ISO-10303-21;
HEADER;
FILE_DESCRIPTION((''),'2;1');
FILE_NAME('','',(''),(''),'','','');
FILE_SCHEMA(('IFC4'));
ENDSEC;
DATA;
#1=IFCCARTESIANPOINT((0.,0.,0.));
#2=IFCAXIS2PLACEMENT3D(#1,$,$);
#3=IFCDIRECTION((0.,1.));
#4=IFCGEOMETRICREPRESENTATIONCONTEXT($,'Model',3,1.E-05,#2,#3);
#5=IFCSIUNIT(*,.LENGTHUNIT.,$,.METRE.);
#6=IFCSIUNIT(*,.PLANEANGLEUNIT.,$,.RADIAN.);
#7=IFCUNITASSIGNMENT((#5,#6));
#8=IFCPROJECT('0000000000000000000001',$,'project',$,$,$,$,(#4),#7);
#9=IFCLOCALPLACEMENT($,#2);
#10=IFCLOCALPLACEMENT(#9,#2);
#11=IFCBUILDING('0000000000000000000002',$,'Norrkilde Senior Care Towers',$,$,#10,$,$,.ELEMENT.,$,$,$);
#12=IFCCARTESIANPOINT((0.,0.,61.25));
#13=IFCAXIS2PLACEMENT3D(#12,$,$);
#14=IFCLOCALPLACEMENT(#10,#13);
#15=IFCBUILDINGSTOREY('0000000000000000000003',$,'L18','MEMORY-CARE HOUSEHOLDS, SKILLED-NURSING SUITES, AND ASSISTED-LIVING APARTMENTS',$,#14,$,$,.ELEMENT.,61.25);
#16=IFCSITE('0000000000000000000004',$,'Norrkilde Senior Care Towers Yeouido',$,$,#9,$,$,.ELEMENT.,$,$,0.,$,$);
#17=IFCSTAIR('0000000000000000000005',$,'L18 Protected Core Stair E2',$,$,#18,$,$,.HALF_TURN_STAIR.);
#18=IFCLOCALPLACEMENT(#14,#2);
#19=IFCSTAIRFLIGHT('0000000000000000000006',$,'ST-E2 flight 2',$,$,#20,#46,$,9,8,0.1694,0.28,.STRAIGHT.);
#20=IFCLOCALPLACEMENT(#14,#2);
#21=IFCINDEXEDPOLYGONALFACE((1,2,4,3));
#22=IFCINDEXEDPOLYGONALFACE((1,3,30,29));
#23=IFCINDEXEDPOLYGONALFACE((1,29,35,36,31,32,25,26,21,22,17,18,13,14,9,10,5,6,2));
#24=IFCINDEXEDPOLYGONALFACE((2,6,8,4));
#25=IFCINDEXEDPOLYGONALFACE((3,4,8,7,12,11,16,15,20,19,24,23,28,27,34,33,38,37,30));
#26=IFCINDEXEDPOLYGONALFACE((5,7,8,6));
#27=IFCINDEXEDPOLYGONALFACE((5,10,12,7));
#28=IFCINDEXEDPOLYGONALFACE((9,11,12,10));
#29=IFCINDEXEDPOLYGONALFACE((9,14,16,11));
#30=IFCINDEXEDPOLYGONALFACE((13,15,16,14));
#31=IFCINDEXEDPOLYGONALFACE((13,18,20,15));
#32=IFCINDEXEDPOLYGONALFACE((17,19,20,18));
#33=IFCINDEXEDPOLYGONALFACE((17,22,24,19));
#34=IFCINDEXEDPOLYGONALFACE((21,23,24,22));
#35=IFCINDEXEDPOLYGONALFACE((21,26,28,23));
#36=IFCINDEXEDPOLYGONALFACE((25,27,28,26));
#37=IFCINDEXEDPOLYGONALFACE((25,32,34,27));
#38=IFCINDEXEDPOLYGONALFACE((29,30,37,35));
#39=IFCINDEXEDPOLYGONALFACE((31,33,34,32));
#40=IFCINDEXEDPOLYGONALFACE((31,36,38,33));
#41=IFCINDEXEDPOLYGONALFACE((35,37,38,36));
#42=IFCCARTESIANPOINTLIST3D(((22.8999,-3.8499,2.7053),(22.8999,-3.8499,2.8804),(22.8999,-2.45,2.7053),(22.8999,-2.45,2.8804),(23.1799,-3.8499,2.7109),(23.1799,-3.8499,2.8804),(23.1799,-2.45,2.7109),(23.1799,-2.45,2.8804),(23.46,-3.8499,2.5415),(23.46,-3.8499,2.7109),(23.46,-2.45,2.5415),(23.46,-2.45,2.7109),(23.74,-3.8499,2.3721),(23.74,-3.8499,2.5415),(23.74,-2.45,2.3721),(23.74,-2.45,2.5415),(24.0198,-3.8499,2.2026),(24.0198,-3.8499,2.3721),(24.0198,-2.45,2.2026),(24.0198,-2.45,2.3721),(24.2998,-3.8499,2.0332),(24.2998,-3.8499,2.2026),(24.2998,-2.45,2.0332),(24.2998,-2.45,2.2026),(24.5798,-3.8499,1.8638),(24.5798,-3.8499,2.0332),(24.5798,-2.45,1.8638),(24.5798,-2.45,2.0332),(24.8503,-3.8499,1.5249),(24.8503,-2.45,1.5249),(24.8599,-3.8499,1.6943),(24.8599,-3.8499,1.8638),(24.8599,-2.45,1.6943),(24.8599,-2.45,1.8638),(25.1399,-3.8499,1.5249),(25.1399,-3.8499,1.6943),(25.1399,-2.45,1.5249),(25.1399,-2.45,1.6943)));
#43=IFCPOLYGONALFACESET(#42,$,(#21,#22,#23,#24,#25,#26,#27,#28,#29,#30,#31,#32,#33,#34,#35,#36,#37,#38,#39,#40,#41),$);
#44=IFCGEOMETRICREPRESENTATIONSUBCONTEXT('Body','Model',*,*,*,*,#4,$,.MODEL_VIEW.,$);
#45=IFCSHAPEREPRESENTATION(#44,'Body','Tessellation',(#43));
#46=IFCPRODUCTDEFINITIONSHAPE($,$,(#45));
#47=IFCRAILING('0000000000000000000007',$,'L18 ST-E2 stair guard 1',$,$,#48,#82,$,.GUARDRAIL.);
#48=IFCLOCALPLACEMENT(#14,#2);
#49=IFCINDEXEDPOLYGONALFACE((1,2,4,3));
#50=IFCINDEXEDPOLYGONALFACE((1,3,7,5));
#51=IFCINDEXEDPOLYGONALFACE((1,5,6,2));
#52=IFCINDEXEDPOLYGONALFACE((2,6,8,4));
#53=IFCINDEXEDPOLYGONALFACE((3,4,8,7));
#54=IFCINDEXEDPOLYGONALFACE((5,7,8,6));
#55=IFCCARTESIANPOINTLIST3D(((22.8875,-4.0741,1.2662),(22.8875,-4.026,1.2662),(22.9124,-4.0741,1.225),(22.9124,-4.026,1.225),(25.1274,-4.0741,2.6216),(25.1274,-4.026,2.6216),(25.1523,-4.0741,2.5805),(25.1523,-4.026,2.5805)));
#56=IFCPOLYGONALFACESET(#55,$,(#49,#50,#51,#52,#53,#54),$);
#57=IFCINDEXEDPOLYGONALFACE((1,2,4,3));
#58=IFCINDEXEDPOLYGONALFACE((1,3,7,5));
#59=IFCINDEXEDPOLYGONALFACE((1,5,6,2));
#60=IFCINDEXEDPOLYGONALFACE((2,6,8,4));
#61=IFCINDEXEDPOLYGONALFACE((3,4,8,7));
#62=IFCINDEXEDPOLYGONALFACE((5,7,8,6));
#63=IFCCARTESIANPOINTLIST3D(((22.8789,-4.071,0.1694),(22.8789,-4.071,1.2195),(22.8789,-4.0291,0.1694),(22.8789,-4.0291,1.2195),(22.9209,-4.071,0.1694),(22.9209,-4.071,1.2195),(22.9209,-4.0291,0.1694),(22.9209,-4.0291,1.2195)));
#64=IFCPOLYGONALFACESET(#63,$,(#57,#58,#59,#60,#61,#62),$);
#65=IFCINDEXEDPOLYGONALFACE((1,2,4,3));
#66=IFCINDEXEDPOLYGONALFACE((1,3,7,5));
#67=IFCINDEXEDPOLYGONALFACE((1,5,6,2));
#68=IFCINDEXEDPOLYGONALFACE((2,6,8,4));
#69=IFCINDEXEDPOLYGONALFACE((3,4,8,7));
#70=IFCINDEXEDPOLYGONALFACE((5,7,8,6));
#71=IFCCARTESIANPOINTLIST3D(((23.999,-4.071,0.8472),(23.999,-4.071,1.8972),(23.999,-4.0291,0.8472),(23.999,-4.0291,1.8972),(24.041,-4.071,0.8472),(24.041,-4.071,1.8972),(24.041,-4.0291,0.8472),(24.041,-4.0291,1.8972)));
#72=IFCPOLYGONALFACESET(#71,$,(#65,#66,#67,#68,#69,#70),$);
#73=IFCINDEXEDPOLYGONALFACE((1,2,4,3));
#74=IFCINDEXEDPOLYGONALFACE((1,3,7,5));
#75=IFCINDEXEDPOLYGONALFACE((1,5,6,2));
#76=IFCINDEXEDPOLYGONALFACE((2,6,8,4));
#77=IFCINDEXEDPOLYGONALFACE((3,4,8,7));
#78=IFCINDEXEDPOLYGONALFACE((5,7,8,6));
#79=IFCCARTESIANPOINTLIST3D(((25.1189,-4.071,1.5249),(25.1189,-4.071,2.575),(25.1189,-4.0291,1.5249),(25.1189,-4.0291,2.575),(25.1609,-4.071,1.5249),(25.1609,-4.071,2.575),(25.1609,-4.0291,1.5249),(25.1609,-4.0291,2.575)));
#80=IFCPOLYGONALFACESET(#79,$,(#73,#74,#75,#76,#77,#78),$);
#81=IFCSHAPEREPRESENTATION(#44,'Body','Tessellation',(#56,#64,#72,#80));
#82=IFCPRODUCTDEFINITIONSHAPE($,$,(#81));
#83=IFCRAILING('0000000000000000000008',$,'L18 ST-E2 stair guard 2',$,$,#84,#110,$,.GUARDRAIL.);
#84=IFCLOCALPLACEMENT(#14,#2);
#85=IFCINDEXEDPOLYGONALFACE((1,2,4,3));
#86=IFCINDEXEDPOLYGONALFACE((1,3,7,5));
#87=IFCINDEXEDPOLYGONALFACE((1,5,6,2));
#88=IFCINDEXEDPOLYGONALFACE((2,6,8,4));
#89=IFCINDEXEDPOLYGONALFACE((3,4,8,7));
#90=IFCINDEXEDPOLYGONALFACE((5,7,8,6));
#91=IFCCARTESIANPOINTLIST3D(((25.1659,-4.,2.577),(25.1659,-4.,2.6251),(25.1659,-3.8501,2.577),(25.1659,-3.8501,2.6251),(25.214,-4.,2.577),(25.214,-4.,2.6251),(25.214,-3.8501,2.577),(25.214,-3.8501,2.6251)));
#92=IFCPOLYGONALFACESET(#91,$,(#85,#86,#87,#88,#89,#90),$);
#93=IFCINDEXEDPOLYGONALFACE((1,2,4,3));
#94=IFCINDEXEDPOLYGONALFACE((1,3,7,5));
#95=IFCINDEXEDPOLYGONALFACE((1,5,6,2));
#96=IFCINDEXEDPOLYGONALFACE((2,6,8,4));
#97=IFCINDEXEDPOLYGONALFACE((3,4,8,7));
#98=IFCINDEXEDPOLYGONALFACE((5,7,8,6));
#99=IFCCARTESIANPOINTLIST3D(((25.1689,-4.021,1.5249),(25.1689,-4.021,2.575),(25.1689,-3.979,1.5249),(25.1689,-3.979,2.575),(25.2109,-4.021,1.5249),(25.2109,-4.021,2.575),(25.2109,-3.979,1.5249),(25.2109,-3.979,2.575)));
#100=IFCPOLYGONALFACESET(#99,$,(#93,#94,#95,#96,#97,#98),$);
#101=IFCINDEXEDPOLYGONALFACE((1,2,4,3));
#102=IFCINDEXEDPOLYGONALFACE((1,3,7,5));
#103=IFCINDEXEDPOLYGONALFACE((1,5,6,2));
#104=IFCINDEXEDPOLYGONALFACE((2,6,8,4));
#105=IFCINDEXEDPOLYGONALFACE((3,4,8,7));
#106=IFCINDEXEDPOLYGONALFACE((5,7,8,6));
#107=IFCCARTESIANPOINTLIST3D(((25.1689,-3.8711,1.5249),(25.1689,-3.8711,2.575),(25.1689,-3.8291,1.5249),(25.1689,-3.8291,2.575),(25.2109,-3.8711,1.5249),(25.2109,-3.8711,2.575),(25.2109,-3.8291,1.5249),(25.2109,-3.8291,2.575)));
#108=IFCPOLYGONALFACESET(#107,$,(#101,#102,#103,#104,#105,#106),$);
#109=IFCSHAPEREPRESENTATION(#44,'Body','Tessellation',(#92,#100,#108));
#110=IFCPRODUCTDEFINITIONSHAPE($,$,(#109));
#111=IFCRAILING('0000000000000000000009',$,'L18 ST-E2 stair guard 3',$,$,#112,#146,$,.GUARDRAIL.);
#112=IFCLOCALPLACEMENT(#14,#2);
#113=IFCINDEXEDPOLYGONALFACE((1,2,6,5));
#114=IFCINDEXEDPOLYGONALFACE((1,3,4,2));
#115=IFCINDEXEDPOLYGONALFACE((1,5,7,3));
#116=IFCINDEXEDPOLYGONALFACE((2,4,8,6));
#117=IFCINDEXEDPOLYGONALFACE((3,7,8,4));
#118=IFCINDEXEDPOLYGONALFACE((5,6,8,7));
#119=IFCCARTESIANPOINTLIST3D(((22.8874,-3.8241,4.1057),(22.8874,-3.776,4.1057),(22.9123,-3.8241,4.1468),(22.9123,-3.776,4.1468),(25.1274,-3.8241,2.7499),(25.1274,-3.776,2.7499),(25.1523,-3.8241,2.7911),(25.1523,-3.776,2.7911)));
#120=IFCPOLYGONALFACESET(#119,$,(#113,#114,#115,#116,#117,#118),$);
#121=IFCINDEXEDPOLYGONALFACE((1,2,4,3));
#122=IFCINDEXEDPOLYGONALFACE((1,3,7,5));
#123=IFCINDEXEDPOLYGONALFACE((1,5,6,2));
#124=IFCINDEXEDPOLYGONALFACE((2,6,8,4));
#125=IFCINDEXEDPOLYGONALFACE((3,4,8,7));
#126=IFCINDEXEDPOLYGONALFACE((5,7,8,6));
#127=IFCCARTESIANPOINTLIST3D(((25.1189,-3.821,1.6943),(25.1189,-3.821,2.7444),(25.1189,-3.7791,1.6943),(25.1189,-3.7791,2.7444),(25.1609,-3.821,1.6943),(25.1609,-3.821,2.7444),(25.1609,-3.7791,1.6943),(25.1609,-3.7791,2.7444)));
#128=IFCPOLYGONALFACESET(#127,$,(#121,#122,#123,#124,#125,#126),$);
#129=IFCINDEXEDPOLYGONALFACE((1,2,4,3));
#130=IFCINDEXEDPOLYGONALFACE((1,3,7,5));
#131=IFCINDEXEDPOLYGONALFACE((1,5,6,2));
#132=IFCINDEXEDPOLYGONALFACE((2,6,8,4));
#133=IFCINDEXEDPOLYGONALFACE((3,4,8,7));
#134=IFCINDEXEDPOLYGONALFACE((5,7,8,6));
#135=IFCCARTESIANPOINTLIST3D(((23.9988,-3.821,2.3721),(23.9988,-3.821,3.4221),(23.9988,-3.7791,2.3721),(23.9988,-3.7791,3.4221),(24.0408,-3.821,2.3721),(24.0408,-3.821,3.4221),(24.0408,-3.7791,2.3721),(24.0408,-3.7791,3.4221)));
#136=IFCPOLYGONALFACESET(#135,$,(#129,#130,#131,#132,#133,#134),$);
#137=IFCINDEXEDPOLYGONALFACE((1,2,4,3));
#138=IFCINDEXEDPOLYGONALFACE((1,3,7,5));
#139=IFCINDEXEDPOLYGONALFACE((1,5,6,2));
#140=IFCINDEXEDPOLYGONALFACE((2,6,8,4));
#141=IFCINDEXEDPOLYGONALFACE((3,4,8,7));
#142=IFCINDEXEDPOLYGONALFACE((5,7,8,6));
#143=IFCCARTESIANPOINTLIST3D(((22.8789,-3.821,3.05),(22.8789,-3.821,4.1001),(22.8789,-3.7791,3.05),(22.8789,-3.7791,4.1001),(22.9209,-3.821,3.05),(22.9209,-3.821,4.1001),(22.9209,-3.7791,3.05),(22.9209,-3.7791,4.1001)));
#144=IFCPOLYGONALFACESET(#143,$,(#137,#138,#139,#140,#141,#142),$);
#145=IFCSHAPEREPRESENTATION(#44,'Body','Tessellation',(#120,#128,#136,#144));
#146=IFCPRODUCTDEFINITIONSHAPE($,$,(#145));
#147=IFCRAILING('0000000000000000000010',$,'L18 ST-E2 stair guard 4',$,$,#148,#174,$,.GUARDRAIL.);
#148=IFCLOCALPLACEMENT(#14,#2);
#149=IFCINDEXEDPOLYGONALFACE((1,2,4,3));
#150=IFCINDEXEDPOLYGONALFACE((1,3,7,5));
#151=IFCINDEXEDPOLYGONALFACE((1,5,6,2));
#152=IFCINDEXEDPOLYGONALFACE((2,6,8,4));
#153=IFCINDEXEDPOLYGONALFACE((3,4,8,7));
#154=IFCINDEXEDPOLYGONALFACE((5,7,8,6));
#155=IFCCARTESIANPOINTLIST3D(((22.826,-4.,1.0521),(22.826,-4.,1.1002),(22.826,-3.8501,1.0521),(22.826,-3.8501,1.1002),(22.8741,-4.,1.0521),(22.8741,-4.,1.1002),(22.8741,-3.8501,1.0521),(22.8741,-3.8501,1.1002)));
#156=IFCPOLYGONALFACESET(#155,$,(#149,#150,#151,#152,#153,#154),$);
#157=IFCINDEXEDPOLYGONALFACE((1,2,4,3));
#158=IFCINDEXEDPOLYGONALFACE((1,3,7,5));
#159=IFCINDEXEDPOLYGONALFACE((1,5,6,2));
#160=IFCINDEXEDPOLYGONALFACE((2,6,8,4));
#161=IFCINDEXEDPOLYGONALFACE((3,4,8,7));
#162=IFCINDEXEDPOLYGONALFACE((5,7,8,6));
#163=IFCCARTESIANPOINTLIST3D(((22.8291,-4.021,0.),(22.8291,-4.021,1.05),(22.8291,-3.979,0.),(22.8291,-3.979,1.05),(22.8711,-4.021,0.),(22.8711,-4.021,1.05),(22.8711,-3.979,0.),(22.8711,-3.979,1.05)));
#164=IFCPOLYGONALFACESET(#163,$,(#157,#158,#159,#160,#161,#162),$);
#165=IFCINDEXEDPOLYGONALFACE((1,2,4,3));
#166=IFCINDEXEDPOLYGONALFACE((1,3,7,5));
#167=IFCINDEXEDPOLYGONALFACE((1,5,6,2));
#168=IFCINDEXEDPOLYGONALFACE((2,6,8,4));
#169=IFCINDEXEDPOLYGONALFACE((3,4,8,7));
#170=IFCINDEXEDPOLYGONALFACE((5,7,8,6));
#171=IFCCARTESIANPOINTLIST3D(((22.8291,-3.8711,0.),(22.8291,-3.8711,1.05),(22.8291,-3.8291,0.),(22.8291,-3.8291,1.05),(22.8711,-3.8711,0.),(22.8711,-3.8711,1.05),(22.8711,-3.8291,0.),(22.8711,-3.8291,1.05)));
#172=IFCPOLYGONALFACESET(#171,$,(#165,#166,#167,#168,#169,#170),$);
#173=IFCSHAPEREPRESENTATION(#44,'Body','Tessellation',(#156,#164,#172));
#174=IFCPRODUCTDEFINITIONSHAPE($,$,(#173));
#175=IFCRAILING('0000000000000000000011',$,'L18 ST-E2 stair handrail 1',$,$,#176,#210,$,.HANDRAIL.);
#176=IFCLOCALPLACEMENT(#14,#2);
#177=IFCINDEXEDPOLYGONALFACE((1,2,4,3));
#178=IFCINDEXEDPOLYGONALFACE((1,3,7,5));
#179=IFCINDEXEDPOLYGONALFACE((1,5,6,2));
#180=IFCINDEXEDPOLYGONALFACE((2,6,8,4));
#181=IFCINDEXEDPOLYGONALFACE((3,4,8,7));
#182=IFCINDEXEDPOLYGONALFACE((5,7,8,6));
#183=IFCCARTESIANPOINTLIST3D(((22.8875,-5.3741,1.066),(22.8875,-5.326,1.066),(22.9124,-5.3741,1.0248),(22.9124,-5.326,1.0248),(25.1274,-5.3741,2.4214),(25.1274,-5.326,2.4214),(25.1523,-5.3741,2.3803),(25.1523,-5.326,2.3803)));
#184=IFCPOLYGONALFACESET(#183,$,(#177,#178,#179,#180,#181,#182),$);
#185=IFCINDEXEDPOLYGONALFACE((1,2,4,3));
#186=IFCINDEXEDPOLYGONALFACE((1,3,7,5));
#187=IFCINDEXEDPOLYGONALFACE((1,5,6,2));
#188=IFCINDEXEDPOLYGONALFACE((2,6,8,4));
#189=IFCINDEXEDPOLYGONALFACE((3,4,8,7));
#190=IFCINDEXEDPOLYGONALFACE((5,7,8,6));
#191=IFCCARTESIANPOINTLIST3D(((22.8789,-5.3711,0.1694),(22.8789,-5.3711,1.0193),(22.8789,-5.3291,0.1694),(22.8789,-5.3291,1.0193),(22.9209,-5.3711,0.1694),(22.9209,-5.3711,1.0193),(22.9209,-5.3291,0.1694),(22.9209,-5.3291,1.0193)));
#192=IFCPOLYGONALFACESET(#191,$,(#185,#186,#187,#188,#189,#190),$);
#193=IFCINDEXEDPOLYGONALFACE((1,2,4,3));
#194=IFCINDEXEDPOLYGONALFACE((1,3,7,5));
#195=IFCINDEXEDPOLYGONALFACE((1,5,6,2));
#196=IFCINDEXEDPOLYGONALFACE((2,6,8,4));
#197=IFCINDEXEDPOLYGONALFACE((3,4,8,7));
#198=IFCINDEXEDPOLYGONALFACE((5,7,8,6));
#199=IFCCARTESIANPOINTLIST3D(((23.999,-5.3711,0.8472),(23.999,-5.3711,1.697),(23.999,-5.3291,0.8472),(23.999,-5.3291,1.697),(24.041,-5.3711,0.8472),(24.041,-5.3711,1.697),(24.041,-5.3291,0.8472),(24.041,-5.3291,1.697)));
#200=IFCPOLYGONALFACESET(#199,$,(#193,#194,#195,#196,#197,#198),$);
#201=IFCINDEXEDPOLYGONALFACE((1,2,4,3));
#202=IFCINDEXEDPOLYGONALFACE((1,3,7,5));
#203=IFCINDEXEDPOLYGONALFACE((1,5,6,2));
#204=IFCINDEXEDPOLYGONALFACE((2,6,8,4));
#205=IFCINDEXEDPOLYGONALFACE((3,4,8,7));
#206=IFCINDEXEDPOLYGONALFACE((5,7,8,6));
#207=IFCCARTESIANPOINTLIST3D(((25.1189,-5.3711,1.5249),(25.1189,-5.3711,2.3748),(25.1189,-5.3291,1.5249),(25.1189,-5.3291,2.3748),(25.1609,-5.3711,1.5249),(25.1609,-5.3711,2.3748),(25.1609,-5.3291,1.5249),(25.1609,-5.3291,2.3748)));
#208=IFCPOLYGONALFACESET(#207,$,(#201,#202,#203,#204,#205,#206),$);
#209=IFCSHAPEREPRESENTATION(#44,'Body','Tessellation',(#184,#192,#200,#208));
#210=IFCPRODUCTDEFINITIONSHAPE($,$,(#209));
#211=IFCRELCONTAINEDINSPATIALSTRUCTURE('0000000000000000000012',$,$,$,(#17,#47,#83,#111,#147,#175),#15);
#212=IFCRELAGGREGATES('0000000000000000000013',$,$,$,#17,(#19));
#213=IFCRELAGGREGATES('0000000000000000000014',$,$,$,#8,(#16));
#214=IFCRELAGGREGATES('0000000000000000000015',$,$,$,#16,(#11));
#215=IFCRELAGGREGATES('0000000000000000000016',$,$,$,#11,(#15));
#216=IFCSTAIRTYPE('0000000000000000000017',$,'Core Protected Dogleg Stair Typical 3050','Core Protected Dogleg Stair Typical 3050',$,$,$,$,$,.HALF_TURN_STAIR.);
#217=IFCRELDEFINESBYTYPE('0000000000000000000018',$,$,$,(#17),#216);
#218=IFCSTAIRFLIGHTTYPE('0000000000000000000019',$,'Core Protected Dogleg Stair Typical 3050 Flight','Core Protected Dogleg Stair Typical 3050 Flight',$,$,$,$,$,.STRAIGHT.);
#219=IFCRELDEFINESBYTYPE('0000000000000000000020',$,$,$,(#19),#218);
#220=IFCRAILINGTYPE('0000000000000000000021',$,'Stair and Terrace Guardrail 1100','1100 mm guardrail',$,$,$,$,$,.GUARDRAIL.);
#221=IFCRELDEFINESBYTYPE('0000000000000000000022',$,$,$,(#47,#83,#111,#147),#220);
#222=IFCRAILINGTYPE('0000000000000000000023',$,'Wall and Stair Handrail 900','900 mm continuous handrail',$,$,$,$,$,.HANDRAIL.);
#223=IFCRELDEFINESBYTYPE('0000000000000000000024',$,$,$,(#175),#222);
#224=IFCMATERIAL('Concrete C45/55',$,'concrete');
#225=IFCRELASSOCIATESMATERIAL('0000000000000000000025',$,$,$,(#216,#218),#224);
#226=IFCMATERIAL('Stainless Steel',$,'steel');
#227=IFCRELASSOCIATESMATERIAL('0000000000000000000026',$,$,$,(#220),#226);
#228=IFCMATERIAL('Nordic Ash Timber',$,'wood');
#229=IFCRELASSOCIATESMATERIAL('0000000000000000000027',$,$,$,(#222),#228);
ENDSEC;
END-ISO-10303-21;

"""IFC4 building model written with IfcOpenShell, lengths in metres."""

from ifc_helpers import new_model, si_unit, direction, frame, origin, origin_2d, place, context, subcontext, project, spatial, polyline, rectangle, outline, extrude, material, type_object, element, aggregate, save


model = new_model("IFC4")

# Units and contexts
model_context = context("Model", 3, precision=1e-05, world=origin(), true_north=direction((0.0, 1.0)))
body_context = subcontext(model_context, "Body", "Model", "MODEL_VIEW")
ifc_project = project(units=[si_unit("LENGTHUNIT", "METRE"), si_unit("PLANEANGLEUNIT", "RADIAN")], contexts=[model_context])

# Site, building, storey
site_placement = place(None, origin())
site = spatial("IfcSite", under=ifc_project, at=site_placement, Name="Norrkilde Senior Care Towers Yeouido", CompositionType="ELEMENT", RefElevation=0.0)
building_placement = place(site_placement, origin())
building = spatial("IfcBuilding", under=site, at=building_placement, Name="Norrkilde Senior Care Towers", CompositionType="ELEMENT")
storey_placement = place(building_placement, frame((0.0, 0.0, 61.25)))
storey = spatial("IfcBuildingStorey", under=building, at=storey_placement, Name="L18", Description="MEMORY-CARE HOUSEHOLDS, SKILLED-NURSING SUITES, AND ASSISTED-LIVING APARTMENTS", CompositionType="ELEMENT", Elevation=61.25)

# Shared definitions
ifc_material_1 = material(Name="Concrete C45/55", Category="concrete")
ifc_material_2 = material(Name="Stainless Steel", Category="steel")

# Stair, stair flight
stair_type = type_object("IfcStairType", Name="Core Protected Dogleg Stair Typical 3050", Description="Core Protected Dogleg Stair Typical 3050", PredefinedType="HALF_TURN_STAIR", material=ifc_material_1)
stair_placement = place(storey_placement, origin())
stair = element("IfcStair", 1, at=stair_placement, inside=storey, type_object=stair_type, Name="L18 Protected Core Stair E2", PredefinedType="HALF_TURN_STAIR")
stair_flight_type = type_object("IfcStairFlightType", Name="Core Protected Dogleg Stair Typical 3050 Flight", Description="Core Protected Dogleg Stair Typical 3050 Flight", PredefinedType="STRAIGHT", material=ifc_material_1)
stair_flight_1_placement = place(storey_placement, frame((25.1399, -3.1499, 1.5249), z_axis=(0.0, 0.0, 1.0), x_axis=(-1.0, 0.0, 0.0)))
stair_flight_1 = element("IfcStairFlight", 2, at=stair_flight_1_placement, type_object=stair_flight_type, Name="ST-E2 flight 2", NumberOfRisers=9, NumberOfTreads=8, PredefinedType="STRAIGHT", RiserHeight=0.1694, TreadLength=0.28, context=body_context, shape_type="SweptSolid", body=[
    extrude(outline(polyline([(0.0, 0.0), (0.0, 0.1694), (0.28, 0.1694), (0.28, 0.3389), (0.5601, 0.3389), (0.5601, 0.5083), (0.8401, 0.5083), (0.8401, 0.6777), (1.1201, 0.6777), (1.1201, 0.8472), (1.3999, 0.8472), (1.3999, 1.0166), (1.6799, 1.0166), (1.6799, 1.186), (1.96, 1.186), (1.96, 1.3555), (2.24, 1.3555), (2.24, 1.5249), (2.24, 1.1804), (0.2896, 0.0), (0.0, 0.0)])), frame((0.0, 0.7, 0.0), z_axis=(0.0, -1.0, 0.0), x_axis=(1.0, 0.0, 0.0)), (0.0, 0.0, 1.0), 1.3999),
])
aggregate(stair, [stair_flight_1])

# Railings
railing_type_1 = type_object("IfcRailingType", Name="Stair and Terrace Guardrail 1100", Description="1100 mm guardrail", PredefinedType="GUARDRAIL", material=ifc_material_2)
railing_1_placement = place(storey_placement, frame((22.8999, -4.05, 0.1694)))
element("IfcRailing", 3, at=railing_1_placement, inside=storey, type_object=railing_type_1, Name="L18 ST-E2 stair guard 1", PredefinedType="GUARDRAIL", context=body_context, shape_type="SweptSolid", body=[
    extrude(rectangle(XDim=0.0481, YDim=0.0481, at=origin_2d()), frame((0.0, 0.0, 1.0762), z_axis=(0.855553, 0.0, 0.517715), x_axis=(0.0, 1.0, 0.0)), (0.0, 0.0, 1.0), 2.6182),
    extrude(rectangle(XDim=0.042, YDim=0.042, at=origin_2d()), origin(), (0.0, 0.0, 1.0), 1.05),
    extrude(rectangle(XDim=0.042, YDim=0.042, at=origin_2d()), frame((1.1201, 0.0, 0.6777)), (0.0, 0.0, 1.0), 1.05),
    extrude(rectangle(XDim=0.042, YDim=0.042, at=origin_2d()), frame((2.24, 0.0, 1.3555)), (0.0, 0.0, 1.0), 1.05),
])
railing_2_placement = place(storey_placement, frame((25.1899, -4.0, 1.5249)))
element("IfcRailing", 4, at=railing_2_placement, inside=storey, type_object=railing_type_1, Name="L18 ST-E2 stair guard 2", PredefinedType="GUARDRAIL", context=body_context, shape_type="SweptSolid", body=[
    extrude(rectangle(XDim=0.0481, YDim=0.0481, at=origin_2d()), frame((0.0, 0.0, 1.0762), z_axis=(0.0, 1.0, 0.0), x_axis=(-1.0, 0.0, 0.0)), (0.0, 0.0, 1.0), 0.1499),
    extrude(rectangle(XDim=0.042, YDim=0.042, at=origin_2d()), origin(), (0.0, 0.0, 1.0), 1.05),
    extrude(rectangle(XDim=0.042, YDim=0.042, at=origin_2d()), frame((0.0, 0.1499, 0.0)), (0.0, 0.0, 1.0), 1.05),
])
railing_3_placement = place(storey_placement, frame((25.1399, -3.8, 1.6943)))
element("IfcRailing", 5, at=railing_3_placement, inside=storey, type_object=railing_type_1, Name="L18 ST-E2 stair guard 3", PredefinedType="GUARDRAIL", context=body_context, shape_type="SweptSolid", body=[
    extrude(rectangle(XDim=0.0481, YDim=0.0481, at=origin_2d()), frame((0.0, 0.0, 1.0762), z_axis=(-0.855512, 0.0, 0.517783), x_axis=(0.0, -1.0, 0.0)), (0.0, 0.0, 1.0), 2.6184),
    extrude(rectangle(XDim=0.042, YDim=0.042, at=origin_2d()), origin(), (0.0, 0.0, 1.0), 1.05),
    extrude(rectangle(XDim=0.042, YDim=0.042, at=origin_2d()), frame((-1.1201, 0.0, 0.6777)), (0.0, 0.0, 1.0), 1.05),
    extrude(rectangle(XDim=0.042, YDim=0.042, at=origin_2d()), frame((-2.24, 0.0, 1.3557)), (0.0, 0.0, 1.0), 1.05),
])
railing_4_placement = place(storey_placement, frame((22.8501, -4.0, 0.0)))
element("IfcRailing", 6, at=railing_4_placement, inside=storey, type_object=railing_type_1, Name="L18 ST-E2 stair guard 4", PredefinedType="GUARDRAIL", context=body_context, shape_type="SweptSolid", body=[
    extrude(rectangle(XDim=0.0481, YDim=0.0481, at=origin_2d()), frame((0.0, 0.0, 1.0762), z_axis=(0.0, 1.0, 0.0), x_axis=(-1.0, 0.0, 0.0)), (0.0, 0.0, 1.0), 0.1499),
    extrude(rectangle(XDim=0.042, YDim=0.042, at=origin_2d()), origin(), (0.0, 0.0, 1.0), 1.05),
    extrude(rectangle(XDim=0.042, YDim=0.042, at=origin_2d()), frame((0.0, 0.1499, 0.0)), (0.0, 0.0, 1.0), 1.05),
])
ifc_material_3 = material(Name="Nordic Ash Timber", Category="wood")
railing_type_2 = type_object("IfcRailingType", Name="Wall and Stair Handrail 900", Description="900 mm continuous handrail", PredefinedType="HANDRAIL", material=ifc_material_3)
railing_5_placement = place(storey_placement, frame((22.8999, -5.3501, 0.1694)))
element("IfcRailing", 7, at=railing_5_placement, inside=storey, type_object=railing_type_2, Name="L18 ST-E2 stair handrail 1", PredefinedType="HANDRAIL", context=body_context, shape_type="SweptSolid", body=[
    extrude(rectangle(XDim=0.0481, YDim=0.0481, at=origin_2d()), frame((0.0, 0.0, 0.876), z_axis=(0.855553, 0.0, 0.517715), x_axis=(0.0, 1.0, 0.0)), (0.0, 0.0, 1.0), 2.6182),
    extrude(rectangle(XDim=0.042, YDim=0.042, at=origin_2d()), origin(), (0.0, 0.0, 1.0), 0.8499),
    extrude(rectangle(XDim=0.042, YDim=0.042, at=origin_2d()), frame((1.1201, 0.0, 0.6777)), (0.0, 0.0, 1.0), 0.8499),
    extrude(rectangle(XDim=0.042, YDim=0.042, at=origin_2d()), frame((2.24, 0.0, 1.3555)), (0.0, 0.0, 1.0), 0.8499),
])

save(model, "model.ifc")
